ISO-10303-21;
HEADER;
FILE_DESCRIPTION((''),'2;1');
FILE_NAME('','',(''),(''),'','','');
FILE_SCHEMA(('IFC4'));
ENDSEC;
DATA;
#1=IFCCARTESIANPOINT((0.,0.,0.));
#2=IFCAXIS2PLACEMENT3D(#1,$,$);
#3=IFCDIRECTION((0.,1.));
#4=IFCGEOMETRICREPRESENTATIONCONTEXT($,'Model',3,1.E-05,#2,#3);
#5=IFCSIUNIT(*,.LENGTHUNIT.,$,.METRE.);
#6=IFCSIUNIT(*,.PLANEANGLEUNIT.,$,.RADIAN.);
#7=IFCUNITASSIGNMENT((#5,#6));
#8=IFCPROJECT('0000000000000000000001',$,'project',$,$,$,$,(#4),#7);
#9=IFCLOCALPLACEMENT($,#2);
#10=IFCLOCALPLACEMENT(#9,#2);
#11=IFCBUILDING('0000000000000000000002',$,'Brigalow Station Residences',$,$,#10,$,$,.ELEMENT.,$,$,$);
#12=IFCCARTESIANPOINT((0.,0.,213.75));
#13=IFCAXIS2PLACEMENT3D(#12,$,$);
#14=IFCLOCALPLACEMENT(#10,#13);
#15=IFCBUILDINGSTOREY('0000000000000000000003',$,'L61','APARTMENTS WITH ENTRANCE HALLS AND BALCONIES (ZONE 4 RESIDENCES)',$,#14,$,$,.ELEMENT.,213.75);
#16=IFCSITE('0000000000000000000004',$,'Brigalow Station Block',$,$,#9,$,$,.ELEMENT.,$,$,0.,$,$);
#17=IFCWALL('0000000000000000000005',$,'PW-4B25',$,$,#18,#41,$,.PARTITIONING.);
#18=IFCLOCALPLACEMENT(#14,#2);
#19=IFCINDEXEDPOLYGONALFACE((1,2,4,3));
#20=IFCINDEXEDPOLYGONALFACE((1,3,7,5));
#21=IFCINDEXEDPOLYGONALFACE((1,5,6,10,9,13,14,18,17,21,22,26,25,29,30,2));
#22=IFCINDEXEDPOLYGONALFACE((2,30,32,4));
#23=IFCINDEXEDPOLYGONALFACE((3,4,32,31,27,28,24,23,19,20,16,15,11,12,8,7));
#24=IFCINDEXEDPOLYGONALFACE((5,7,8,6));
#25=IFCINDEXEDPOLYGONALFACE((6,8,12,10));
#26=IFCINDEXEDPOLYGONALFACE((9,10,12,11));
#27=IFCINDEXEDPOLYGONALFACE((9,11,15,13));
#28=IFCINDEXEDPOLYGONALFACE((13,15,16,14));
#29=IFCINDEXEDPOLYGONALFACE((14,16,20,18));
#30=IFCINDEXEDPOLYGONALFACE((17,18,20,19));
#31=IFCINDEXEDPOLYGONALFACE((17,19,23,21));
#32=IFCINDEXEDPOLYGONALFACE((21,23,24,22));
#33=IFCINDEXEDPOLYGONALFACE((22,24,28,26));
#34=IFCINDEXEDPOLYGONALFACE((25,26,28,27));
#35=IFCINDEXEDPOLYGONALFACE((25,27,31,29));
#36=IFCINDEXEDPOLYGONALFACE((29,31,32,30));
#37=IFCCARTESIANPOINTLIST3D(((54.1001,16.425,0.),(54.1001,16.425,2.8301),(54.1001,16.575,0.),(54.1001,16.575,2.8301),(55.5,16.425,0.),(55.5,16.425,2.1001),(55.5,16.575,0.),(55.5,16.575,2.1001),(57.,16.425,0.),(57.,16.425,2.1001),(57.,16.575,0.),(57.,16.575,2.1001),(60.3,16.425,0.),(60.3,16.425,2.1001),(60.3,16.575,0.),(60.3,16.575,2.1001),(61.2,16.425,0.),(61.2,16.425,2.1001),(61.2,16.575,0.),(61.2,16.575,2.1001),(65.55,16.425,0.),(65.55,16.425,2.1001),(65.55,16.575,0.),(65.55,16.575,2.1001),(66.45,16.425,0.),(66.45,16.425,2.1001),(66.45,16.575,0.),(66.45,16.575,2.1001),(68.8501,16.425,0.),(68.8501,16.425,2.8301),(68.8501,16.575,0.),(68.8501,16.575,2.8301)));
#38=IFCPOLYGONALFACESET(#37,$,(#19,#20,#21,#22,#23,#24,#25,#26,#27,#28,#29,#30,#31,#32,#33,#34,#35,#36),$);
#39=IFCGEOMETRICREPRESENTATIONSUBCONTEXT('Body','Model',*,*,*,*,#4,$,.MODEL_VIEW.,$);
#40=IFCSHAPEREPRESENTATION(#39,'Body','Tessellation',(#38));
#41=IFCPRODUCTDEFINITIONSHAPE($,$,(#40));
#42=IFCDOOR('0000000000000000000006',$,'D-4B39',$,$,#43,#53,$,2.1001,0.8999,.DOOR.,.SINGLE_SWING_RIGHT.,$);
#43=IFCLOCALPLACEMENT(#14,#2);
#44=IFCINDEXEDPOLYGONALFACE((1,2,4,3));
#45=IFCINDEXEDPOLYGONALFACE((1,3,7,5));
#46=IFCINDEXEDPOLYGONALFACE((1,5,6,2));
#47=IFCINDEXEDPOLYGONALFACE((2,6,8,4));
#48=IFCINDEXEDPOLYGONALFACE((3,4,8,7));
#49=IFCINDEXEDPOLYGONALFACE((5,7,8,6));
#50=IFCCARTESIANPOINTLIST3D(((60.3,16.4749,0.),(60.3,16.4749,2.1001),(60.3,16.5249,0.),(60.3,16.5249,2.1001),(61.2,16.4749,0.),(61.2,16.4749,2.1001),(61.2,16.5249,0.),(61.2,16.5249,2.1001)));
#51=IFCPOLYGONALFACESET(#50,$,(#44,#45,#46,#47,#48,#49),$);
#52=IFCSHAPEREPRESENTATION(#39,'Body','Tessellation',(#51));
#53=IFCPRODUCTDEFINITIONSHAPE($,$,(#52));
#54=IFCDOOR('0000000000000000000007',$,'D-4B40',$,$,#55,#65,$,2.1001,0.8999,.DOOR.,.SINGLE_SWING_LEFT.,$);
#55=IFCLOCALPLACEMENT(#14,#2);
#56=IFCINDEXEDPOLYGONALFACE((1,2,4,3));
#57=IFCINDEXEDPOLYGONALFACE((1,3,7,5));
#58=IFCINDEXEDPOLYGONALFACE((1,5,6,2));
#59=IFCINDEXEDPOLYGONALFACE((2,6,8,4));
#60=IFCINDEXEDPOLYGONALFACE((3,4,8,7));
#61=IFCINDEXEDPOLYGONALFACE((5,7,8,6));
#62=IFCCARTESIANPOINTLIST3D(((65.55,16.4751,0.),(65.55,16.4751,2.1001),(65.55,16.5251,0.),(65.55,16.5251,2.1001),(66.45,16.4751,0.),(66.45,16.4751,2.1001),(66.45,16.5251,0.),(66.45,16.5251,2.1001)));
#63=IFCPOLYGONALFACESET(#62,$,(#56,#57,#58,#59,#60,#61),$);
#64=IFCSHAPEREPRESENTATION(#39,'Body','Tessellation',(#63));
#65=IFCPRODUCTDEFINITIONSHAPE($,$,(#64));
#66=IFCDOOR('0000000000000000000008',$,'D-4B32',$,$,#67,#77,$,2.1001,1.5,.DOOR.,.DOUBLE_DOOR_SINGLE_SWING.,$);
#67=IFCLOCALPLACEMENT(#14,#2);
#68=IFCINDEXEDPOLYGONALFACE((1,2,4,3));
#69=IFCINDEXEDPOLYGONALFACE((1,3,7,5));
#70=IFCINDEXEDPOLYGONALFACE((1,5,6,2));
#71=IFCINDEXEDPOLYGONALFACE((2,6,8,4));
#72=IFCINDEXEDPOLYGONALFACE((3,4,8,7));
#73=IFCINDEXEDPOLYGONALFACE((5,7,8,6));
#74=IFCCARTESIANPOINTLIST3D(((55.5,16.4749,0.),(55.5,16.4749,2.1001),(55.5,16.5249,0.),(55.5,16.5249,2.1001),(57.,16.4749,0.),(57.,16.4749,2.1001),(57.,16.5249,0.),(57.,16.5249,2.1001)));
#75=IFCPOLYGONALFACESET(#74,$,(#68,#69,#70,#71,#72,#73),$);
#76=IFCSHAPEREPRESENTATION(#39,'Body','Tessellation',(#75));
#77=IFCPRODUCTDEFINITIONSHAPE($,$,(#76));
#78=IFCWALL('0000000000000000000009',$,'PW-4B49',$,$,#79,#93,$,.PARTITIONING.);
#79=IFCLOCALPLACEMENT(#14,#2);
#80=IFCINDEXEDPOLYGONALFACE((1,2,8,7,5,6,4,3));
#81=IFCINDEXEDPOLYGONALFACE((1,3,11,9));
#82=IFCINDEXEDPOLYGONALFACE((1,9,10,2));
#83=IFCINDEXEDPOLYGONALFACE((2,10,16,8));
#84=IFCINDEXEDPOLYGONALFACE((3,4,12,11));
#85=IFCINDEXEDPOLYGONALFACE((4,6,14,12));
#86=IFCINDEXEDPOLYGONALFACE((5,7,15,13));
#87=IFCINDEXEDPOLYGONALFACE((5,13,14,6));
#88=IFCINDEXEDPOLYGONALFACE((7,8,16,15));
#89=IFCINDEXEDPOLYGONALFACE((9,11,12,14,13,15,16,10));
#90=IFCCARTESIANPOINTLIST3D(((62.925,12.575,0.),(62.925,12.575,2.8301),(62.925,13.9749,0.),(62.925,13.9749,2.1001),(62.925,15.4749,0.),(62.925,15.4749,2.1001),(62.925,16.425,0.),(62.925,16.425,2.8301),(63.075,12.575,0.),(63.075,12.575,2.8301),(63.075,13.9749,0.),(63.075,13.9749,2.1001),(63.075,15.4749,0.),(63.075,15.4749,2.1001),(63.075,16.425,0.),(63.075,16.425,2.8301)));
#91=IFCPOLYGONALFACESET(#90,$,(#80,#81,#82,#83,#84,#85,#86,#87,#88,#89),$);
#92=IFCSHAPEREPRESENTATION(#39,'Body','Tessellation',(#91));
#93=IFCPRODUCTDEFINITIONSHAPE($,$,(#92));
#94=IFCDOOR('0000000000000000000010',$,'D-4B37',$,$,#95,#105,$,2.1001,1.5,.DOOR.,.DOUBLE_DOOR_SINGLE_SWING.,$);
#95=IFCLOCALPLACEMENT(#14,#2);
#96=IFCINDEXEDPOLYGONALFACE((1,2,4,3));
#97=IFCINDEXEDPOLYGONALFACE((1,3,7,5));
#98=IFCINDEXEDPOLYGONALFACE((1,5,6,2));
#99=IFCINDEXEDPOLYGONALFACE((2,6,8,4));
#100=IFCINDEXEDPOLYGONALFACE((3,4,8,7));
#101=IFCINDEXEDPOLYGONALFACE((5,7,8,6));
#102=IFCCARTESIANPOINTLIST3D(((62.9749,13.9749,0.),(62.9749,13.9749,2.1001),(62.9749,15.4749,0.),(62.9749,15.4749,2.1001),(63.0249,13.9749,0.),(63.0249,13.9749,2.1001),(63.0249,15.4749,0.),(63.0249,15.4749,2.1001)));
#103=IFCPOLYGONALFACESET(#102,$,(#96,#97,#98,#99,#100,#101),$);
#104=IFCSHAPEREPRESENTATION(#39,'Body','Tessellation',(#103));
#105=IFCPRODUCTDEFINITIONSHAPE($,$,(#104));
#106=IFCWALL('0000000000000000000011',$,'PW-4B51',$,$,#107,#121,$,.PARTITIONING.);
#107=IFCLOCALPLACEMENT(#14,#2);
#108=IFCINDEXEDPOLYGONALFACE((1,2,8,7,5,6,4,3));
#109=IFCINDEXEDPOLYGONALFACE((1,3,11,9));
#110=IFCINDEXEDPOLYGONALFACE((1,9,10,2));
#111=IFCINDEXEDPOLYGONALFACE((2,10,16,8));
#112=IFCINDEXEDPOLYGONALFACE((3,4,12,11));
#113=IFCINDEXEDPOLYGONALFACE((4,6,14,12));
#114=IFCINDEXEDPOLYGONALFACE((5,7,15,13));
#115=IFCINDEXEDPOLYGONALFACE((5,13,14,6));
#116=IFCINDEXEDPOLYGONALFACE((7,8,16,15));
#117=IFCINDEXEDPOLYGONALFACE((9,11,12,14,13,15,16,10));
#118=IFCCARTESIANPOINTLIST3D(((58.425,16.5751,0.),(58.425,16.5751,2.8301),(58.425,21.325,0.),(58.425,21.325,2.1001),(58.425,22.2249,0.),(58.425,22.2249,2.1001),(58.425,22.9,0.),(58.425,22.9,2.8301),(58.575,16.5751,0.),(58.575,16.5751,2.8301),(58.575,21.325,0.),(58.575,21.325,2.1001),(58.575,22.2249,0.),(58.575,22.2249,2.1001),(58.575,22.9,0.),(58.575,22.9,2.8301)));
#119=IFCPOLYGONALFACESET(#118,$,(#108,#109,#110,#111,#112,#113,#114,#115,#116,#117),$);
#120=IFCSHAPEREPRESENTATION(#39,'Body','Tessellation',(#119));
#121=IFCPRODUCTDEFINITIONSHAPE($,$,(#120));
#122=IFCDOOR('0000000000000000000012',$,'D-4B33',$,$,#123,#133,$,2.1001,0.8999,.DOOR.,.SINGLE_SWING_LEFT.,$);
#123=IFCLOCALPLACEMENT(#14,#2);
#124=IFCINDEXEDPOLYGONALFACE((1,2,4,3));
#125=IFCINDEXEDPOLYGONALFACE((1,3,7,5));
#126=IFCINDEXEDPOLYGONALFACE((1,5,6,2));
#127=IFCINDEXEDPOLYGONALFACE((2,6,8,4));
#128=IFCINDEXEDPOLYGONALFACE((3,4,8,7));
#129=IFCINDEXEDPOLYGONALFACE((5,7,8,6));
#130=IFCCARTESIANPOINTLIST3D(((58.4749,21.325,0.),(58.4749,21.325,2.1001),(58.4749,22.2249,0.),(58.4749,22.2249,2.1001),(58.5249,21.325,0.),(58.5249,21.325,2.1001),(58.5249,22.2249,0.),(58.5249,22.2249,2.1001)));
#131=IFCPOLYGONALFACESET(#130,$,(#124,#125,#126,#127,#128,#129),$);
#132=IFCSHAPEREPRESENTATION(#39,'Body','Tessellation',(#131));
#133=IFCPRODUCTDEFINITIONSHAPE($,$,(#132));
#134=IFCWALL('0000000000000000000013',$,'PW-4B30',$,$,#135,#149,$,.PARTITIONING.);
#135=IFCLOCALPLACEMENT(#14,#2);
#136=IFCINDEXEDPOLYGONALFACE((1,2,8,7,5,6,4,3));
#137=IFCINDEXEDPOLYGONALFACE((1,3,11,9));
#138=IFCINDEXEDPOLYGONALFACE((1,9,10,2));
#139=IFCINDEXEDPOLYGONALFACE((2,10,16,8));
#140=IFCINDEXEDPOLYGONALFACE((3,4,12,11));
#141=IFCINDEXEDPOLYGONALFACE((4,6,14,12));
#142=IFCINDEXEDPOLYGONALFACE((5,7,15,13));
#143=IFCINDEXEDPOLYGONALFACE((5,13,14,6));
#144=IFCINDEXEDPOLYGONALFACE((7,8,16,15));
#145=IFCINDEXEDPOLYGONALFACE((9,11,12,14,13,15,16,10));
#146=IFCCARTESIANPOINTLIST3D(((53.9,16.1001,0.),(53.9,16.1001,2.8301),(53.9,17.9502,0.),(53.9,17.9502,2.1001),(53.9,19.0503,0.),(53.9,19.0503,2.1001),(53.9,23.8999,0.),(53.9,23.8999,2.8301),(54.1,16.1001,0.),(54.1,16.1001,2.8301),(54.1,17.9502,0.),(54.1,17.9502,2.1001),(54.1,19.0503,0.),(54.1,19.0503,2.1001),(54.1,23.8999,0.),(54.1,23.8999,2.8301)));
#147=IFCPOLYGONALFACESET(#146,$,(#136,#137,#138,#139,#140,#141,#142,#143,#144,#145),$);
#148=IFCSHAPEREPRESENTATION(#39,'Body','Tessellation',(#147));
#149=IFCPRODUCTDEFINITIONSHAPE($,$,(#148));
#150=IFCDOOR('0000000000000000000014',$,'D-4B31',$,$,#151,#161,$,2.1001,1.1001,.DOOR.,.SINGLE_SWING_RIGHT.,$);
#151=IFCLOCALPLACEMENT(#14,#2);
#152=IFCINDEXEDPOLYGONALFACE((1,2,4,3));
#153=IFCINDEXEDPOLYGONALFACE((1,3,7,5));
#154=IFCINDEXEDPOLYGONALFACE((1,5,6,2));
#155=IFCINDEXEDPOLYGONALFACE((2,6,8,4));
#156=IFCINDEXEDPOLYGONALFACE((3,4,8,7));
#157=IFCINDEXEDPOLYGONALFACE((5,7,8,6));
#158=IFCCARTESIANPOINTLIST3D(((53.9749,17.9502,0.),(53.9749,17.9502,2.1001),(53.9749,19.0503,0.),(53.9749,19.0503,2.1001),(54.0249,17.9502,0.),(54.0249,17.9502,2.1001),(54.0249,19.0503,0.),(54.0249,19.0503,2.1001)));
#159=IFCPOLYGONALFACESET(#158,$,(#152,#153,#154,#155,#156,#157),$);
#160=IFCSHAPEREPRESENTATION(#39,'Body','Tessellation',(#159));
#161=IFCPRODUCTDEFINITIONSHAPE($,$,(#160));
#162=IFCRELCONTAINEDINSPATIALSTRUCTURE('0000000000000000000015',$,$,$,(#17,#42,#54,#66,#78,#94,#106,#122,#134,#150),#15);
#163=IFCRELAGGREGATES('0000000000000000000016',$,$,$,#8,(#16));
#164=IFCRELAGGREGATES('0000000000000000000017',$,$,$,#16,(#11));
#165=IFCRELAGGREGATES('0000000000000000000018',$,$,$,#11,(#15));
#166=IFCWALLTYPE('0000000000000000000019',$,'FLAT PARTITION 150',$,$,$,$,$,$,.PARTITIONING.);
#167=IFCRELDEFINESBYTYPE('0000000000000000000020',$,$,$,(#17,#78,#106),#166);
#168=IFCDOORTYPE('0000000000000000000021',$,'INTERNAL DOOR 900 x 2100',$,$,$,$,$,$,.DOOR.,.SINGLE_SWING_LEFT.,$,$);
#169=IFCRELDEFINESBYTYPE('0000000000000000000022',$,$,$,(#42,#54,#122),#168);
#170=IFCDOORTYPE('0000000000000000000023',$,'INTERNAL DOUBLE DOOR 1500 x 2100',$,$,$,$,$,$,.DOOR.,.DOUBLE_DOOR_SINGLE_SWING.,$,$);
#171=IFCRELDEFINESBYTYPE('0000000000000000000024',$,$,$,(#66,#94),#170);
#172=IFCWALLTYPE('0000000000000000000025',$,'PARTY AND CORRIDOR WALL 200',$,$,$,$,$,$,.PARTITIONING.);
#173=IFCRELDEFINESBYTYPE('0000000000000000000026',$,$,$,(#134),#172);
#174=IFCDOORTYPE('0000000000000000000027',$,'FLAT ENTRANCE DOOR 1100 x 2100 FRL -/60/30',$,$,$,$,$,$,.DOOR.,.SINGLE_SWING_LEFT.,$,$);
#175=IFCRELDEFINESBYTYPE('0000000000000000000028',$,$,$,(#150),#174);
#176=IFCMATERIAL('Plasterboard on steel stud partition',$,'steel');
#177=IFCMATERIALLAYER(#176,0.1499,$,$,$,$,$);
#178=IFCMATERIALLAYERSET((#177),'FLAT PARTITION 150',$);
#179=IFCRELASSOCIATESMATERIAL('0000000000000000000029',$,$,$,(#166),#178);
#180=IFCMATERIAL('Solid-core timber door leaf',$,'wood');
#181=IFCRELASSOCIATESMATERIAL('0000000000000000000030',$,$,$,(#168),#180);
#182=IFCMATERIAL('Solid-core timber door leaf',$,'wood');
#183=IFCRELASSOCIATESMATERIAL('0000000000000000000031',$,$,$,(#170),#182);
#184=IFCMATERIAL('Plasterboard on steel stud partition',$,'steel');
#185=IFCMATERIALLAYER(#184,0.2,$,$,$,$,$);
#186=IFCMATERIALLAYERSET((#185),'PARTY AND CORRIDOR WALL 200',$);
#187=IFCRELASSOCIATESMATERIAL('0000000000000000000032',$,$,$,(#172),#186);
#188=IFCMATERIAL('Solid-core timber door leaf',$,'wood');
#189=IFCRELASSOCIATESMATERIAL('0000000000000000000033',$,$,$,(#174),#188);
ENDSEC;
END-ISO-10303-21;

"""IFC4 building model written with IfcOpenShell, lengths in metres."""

from ifc_helpers import new_model, si_unit, direction, frame, frame_2d, origin, place, context, subcontext, project, spatial, rectangle, extrude, material, layer, layer_set, type_object, element, fill, save


model = new_model("IFC4")

# Units and contexts
model_context = context("Model", 3, precision=1e-05, world=origin(), true_north=direction((0.0, 1.0)))
body_context = subcontext(model_context, "Body", "Model", "MODEL_VIEW")
ifc_project = project(units=[si_unit("LENGTHUNIT", "METRE"), si_unit("PLANEANGLEUNIT", "RADIAN")], contexts=[model_context])

# Site, building, storey
site_placement = place(None, origin())
site = spatial("IfcSite", under=ifc_project, at=site_placement, Name="Brigalow Station Block", CompositionType="ELEMENT", RefElevation=0.0)
building_placement = place(site_placement, origin())
building = spatial("IfcBuilding", under=site, at=building_placement, Name="Brigalow Station Residences", CompositionType="ELEMENT")
storey_placement = place(building_placement, frame((0.0, 0.0, 213.75)))
storey = spatial("IfcBuildingStorey", under=building, at=storey_placement, Name="L61", Description="APARTMENTS WITH ENTRANCE HALLS AND BALCONIES (ZONE 4 RESIDENCES)", CompositionType="ELEMENT", Elevation=213.75)

# Shared definitions
ifc_material_1 = material(Name="Plasterboard on steel stud partition", Category="steel")
ifc_layer_1 = layer(ifc_material_1, 0.1499)
ifc_layer_set_1 = layer_set([ifc_layer_1], Name="FLAT PARTITION 150")
wall_type_1 = type_object("IfcWallType", Name="FLAT PARTITION 150", PredefinedType="PARTITIONING", material=ifc_layer_set_1)

# Wall, openings, doors
ifc_material_2 = material(Name="Solid-core timber door leaf", Category="wood")
door_type_1 = type_object("IfcDoorType", Name="INTERNAL DOOR 900 x 2100", OperationType="SINGLE_SWING_LEFT", PredefinedType="DOOR", material=ifc_material_2)
wall_1_placement = place(storey_placement, frame((54.1001, 16.5, 0.0), z_axis=(0.0, 0.0, 1.0), x_axis=(1.0, 0.0, 0.0)))
wall_1 = element("IfcWall", 1, at=wall_1_placement, inside=storey, type_object=wall_type_1, Name="PW-4B25", PredefinedType="PARTITIONING", context=body_context, shape_type="SweptSolid", body=[
    extrude(rectangle(XDim=14.75, YDim=0.1499, at=frame_2d((7.375, 0.0))), origin(), (0.0, 0.0, 1.0), 2.8301),
])
opening_1_placement = place(wall_1_placement, frame((1.3999, 0.0, 0.0)))
opening_1 = element("IfcOpeningElement", 2, at=opening_1_placement, cuts=wall_1, PredefinedType="OPENING", context=body_context, shape_type="SweptSolid", body=[
    extrude(rectangle(XDim=1.5, YDim=2.1001, at=frame_2d((0.75, 1.05))), frame((0.0, 0.085, 0.0), z_axis=(0.0, -1.0, 0.0), x_axis=(1.0, 0.0, 0.0)), (0.0, 0.0, 1.0), 0.1699),
])
opening_2_placement = place(wall_1_placement, frame((6.2, 0.0, 0.0)))
opening_2 = element("IfcOpeningElement", 3, at=opening_2_placement, cuts=wall_1, PredefinedType="OPENING", context=body_context, shape_type="SweptSolid", body=[
    extrude(rectangle(XDim=0.8999, YDim=2.1001, at=frame_2d((0.45, 1.05))), frame((0.0, 0.085, 0.0), z_axis=(0.0, -1.0, 0.0), x_axis=(1.0, 0.0, 0.0)), (0.0, 0.0, 1.0), 0.1699),
])
opening_3_placement = place(wall_1_placement, frame((11.45, 0.0, 0.0)))
opening_3 = element("IfcOpeningElement", 4, at=opening_3_placement, cuts=wall_1, PredefinedType="OPENING", context=body_context, shape_type="SweptSolid", body=[
    extrude(rectangle(XDim=0.8999, YDim=2.1001, at=frame_2d((0.45, 1.05))), frame((0.0, 0.085, 0.0), z_axis=(0.0, -1.0, 0.0), x_axis=(1.0, 0.0, 0.0)), (0.0, 0.0, 1.0), 0.1699),
])
door_1_placement = place(opening_2_placement, origin())
door_1 = element("IfcDoor", 5, at=door_1_placement, inside=storey, type_object=door_type_1, Name="D-4B39", OperationType="SINGLE_SWING_RIGHT", OverallHeight=2.1001, OverallWidth=0.8999, PredefinedType="DOOR", context=body_context, shape_type="SweptSolid", body=[
    extrude(rectangle(XDim=0.8999, YDim=2.1001, at=frame_2d((0.45, 1.05))), frame((0.0, 0.0249, 0.0), z_axis=(0.0, -1.0, 0.0), x_axis=(1.0, 0.0, 0.0)), (0.0, 0.0, 1.0), 0.05),
])
fill(opening_2, door_1)
door_2_placement = place(opening_3_placement, frame((0.8999, 0.0, 0.0), z_axis=(0.0, 0.0, 1.0), x_axis=(-1.0, 0.0, 0.0)))
door_2 = element("IfcDoor", 6, at=door_2_placement, inside=storey, type_object=door_type_1, Name="D-4B40", OperationType="SINGLE_SWING_LEFT", OverallHeight=2.1001, OverallWidth=0.8999, PredefinedType="DOOR", context=body_context, shape_type="SweptSolid", body=[
    extrude(rectangle(XDim=0.8999, YDim=2.1001, at=frame_2d((0.45, 1.05))), frame((0.0, 0.0249, 0.0), z_axis=(0.0, -1.0, 0.0), x_axis=(1.0, 0.0, 0.0)), (0.0, 0.0, 1.0), 0.05),
])
fill(opening_3, door_2)
ifc_material_3 = material(Name="Solid-core timber door leaf", Category="wood")
door_type_2 = type_object("IfcDoorType", Name="INTERNAL DOUBLE DOOR 1500 x 2100", OperationType="DOUBLE_DOOR_SINGLE_SWING", PredefinedType="DOOR", material=ifc_material_3)
door_3_placement = place(opening_1_placement, origin())
door_3 = element("IfcDoor", 7, at=door_3_placement, inside=storey, type_object=door_type_2, Name="D-4B32", OperationType="DOUBLE_DOOR_SINGLE_SWING", OverallHeight=2.1001, OverallWidth=1.5, PredefinedType="DOOR", context=body_context, shape_type="SweptSolid", body=[
    extrude(rectangle(XDim=1.5, YDim=2.1001, at=frame_2d((0.75, 1.05))), frame((0.0, 0.0249, 0.0), z_axis=(0.0, -1.0, 0.0), x_axis=(1.0, 0.0, 0.0)), (0.0, 0.0, 1.0), 0.05),
])
fill(opening_1, door_3)

# Walls, openings, doors
wall_2_placement = place(storey_placement, frame((63.0, 12.575, 0.0), z_axis=(0.0, 0.0, 1.0), x_axis=(0.0, 1.0, 0.0)))
wall_2 = element("IfcWall", 8, at=wall_2_placement, inside=storey, type_object=wall_type_1, Name="PW-4B49", PredefinedType="PARTITIONING", context=body_context, shape_type="SweptSolid", body=[
    extrude(rectangle(XDim=3.8501, YDim=0.1499, at=frame_2d((1.925, 0.0))), origin(), (0.0, 0.0, 1.0), 2.8301),
])
opening_4_placement = place(wall_2_placement, frame((1.3999, 0.0, 0.0)))
opening_4 = element("IfcOpeningElement", 9, at=opening_4_placement, cuts=wall_2, PredefinedType="OPENING", context=body_context, shape_type="SweptSolid", body=[
    extrude(rectangle(XDim=1.5, YDim=2.1001, at=frame_2d((0.75, 1.05))), frame((0.0, 0.085, 0.0), z_axis=(0.0, -1.0, 0.0), x_axis=(1.0, 0.0, 0.0)), (0.0, 0.0, 1.0), 0.1699),
])
door_4_placement = place(opening_4_placement, frame((1.5, 0.0, 0.0), z_axis=(0.0, 0.0, 1.0), x_axis=(-1.0, 0.0, 0.0)))
door_4 = element("IfcDoor", 10, at=door_4_placement, inside=storey, type_object=door_type_2, Name="D-4B37", OperationType="DOUBLE_DOOR_SINGLE_SWING", OverallHeight=2.1001, OverallWidth=1.5, PredefinedType="DOOR", context=body_context, shape_type="SweptSolid", body=[
    extrude(rectangle(XDim=1.5, YDim=2.1001, at=frame_2d((0.75, 1.05))), frame((0.0, 0.0249, 0.0), z_axis=(0.0, -1.0, 0.0), x_axis=(1.0, 0.0, 0.0)), (0.0, 0.0, 1.0), 0.05),
])
fill(opening_4, door_4)
wall_3_placement = place(storey_placement, frame((58.5, 16.575, 0.0), z_axis=(0.0, 0.0, 1.0), x_axis=(0.0, 1.0, 0.0)))
wall_3 = element("IfcWall", 11, at=wall_3_placement, inside=storey, type_object=wall_type_1, Name="PW-4B51", PredefinedType="PARTITIONING", context=body_context, shape_type="SweptSolid", body=[
    extrude(rectangle(XDim=6.325, YDim=0.1499, at=frame_2d((3.1626, 0.0))), origin(), (0.0, 0.0, 1.0), 2.8301),
])
opening_5_placement = place(wall_3_placement, frame((4.75, 0.0, 0.0)))
opening_5 = element("IfcOpeningElement", 12, at=opening_5_placement, cuts=wall_3, PredefinedType="OPENING", context=body_context, shape_type="SweptSolid", body=[
    extrude(rectangle(XDim=0.8999, YDim=2.1001, at=frame_2d((0.45, 1.05))), frame((0.0, 0.085, 0.0), z_axis=(0.0, -1.0, 0.0), x_axis=(1.0, 0.0, 0.0)), (0.0, 0.0, 1.0), 0.1699),
])
door_5_placement = place(opening_5_placement, frame((0.8999, 0.0, 0.0), z_axis=(0.0, 0.0, 1.0), x_axis=(-1.0, 0.0, 0.0)))
door_5 = element("IfcDoor", 13, at=door_5_placement, inside=storey, type_object=door_type_1, Name="D-4B33", OperationType="SINGLE_SWING_LEFT", OverallHeight=2.1001, OverallWidth=0.8999, PredefinedType="DOOR", context=body_context, shape_type="SweptSolid", body=[
    extrude(rectangle(XDim=0.8999, YDim=2.1001, at=frame_2d((0.45, 1.05))), frame((0.0, 0.0249, 0.0), z_axis=(0.0, -1.0, 0.0), x_axis=(1.0, 0.0, 0.0)), (0.0, 0.0, 1.0), 0.05),
])
fill(opening_5, door_5)
ifc_material_4 = material(Name="Plasterboard on steel stud partition", Category="steel")
ifc_layer_2 = layer(ifc_material_4, 0.2)
ifc_layer_set_2 = layer_set([ifc_layer_2], Name="PARTY AND CORRIDOR WALL 200")
wall_type_2 = type_object("IfcWallType", Name="PARTY AND CORRIDOR WALL 200", PredefinedType="PARTITIONING", material=ifc_layer_set_2)
wall_4_placement = place(storey_placement, frame((54.0, 16.1001, 0.0), z_axis=(0.0, 0.0, 1.0), x_axis=(0.0, 1.0, 0.0)))
wall_4 = element("IfcWall", 14, at=wall_4_placement, inside=storey, type_object=wall_type_2, Name="PW-4B30", PredefinedType="PARTITIONING", context=body_context, shape_type="SweptSolid", body=[
    extrude(rectangle(XDim=7.7998, YDim=0.2, at=frame_2d((3.8999, 0.0))), origin(), (0.0, 0.0, 1.0), 2.8301),
])
opening_6_placement = place(wall_4_placement, frame((1.8501, 0.0, 0.0)))
opening_6 = element("IfcOpeningElement", 15, at=opening_6_placement, cuts=wall_4, PredefinedType="OPENING", context=body_context, shape_type="SweptSolid", body=[
    extrude(rectangle(XDim=1.1001, YDim=2.1001, at=frame_2d((0.55, 1.05))), frame((0.0, 0.1099, 0.0), z_axis=(0.0, -1.0, 0.0), x_axis=(1.0, 0.0, 0.0)), (0.0, 0.0, 1.0), 0.22),
])
ifc_material_5 = material(Name="Solid-core timber door leaf", Category="wood")
door_type_3 = type_object("IfcDoorType", Name="FLAT ENTRANCE DOOR 1100 x 2100 FRL -/60/30", OperationType="SINGLE_SWING_LEFT", PredefinedType="DOOR", material=ifc_material_5)
door_6_placement = place(opening_6_placement, frame((1.1001, 0.0, 0.0), z_axis=(0.0, 0.0, 1.0), x_axis=(-1.0, 0.0, 0.0)))
door_6 = element("IfcDoor", 16, at=door_6_placement, inside=storey, type_object=door_type_3, Name="D-4B31", OperationType="SINGLE_SWING_RIGHT", OverallHeight=2.1001, OverallWidth=1.1001, PredefinedType="DOOR", context=body_context, shape_type="SweptSolid", body=[
    extrude(rectangle(XDim=1.1001, YDim=2.1001, at=frame_2d((0.55, 1.05))), frame((0.0, 0.0249, 0.0), z_axis=(0.0, -1.0, 0.0), x_axis=(1.0, 0.0, 0.0)), (0.0, 0.0, 1.0), 0.05),
])
fill(opening_6, door_6)

save(model, "model.ifc")
